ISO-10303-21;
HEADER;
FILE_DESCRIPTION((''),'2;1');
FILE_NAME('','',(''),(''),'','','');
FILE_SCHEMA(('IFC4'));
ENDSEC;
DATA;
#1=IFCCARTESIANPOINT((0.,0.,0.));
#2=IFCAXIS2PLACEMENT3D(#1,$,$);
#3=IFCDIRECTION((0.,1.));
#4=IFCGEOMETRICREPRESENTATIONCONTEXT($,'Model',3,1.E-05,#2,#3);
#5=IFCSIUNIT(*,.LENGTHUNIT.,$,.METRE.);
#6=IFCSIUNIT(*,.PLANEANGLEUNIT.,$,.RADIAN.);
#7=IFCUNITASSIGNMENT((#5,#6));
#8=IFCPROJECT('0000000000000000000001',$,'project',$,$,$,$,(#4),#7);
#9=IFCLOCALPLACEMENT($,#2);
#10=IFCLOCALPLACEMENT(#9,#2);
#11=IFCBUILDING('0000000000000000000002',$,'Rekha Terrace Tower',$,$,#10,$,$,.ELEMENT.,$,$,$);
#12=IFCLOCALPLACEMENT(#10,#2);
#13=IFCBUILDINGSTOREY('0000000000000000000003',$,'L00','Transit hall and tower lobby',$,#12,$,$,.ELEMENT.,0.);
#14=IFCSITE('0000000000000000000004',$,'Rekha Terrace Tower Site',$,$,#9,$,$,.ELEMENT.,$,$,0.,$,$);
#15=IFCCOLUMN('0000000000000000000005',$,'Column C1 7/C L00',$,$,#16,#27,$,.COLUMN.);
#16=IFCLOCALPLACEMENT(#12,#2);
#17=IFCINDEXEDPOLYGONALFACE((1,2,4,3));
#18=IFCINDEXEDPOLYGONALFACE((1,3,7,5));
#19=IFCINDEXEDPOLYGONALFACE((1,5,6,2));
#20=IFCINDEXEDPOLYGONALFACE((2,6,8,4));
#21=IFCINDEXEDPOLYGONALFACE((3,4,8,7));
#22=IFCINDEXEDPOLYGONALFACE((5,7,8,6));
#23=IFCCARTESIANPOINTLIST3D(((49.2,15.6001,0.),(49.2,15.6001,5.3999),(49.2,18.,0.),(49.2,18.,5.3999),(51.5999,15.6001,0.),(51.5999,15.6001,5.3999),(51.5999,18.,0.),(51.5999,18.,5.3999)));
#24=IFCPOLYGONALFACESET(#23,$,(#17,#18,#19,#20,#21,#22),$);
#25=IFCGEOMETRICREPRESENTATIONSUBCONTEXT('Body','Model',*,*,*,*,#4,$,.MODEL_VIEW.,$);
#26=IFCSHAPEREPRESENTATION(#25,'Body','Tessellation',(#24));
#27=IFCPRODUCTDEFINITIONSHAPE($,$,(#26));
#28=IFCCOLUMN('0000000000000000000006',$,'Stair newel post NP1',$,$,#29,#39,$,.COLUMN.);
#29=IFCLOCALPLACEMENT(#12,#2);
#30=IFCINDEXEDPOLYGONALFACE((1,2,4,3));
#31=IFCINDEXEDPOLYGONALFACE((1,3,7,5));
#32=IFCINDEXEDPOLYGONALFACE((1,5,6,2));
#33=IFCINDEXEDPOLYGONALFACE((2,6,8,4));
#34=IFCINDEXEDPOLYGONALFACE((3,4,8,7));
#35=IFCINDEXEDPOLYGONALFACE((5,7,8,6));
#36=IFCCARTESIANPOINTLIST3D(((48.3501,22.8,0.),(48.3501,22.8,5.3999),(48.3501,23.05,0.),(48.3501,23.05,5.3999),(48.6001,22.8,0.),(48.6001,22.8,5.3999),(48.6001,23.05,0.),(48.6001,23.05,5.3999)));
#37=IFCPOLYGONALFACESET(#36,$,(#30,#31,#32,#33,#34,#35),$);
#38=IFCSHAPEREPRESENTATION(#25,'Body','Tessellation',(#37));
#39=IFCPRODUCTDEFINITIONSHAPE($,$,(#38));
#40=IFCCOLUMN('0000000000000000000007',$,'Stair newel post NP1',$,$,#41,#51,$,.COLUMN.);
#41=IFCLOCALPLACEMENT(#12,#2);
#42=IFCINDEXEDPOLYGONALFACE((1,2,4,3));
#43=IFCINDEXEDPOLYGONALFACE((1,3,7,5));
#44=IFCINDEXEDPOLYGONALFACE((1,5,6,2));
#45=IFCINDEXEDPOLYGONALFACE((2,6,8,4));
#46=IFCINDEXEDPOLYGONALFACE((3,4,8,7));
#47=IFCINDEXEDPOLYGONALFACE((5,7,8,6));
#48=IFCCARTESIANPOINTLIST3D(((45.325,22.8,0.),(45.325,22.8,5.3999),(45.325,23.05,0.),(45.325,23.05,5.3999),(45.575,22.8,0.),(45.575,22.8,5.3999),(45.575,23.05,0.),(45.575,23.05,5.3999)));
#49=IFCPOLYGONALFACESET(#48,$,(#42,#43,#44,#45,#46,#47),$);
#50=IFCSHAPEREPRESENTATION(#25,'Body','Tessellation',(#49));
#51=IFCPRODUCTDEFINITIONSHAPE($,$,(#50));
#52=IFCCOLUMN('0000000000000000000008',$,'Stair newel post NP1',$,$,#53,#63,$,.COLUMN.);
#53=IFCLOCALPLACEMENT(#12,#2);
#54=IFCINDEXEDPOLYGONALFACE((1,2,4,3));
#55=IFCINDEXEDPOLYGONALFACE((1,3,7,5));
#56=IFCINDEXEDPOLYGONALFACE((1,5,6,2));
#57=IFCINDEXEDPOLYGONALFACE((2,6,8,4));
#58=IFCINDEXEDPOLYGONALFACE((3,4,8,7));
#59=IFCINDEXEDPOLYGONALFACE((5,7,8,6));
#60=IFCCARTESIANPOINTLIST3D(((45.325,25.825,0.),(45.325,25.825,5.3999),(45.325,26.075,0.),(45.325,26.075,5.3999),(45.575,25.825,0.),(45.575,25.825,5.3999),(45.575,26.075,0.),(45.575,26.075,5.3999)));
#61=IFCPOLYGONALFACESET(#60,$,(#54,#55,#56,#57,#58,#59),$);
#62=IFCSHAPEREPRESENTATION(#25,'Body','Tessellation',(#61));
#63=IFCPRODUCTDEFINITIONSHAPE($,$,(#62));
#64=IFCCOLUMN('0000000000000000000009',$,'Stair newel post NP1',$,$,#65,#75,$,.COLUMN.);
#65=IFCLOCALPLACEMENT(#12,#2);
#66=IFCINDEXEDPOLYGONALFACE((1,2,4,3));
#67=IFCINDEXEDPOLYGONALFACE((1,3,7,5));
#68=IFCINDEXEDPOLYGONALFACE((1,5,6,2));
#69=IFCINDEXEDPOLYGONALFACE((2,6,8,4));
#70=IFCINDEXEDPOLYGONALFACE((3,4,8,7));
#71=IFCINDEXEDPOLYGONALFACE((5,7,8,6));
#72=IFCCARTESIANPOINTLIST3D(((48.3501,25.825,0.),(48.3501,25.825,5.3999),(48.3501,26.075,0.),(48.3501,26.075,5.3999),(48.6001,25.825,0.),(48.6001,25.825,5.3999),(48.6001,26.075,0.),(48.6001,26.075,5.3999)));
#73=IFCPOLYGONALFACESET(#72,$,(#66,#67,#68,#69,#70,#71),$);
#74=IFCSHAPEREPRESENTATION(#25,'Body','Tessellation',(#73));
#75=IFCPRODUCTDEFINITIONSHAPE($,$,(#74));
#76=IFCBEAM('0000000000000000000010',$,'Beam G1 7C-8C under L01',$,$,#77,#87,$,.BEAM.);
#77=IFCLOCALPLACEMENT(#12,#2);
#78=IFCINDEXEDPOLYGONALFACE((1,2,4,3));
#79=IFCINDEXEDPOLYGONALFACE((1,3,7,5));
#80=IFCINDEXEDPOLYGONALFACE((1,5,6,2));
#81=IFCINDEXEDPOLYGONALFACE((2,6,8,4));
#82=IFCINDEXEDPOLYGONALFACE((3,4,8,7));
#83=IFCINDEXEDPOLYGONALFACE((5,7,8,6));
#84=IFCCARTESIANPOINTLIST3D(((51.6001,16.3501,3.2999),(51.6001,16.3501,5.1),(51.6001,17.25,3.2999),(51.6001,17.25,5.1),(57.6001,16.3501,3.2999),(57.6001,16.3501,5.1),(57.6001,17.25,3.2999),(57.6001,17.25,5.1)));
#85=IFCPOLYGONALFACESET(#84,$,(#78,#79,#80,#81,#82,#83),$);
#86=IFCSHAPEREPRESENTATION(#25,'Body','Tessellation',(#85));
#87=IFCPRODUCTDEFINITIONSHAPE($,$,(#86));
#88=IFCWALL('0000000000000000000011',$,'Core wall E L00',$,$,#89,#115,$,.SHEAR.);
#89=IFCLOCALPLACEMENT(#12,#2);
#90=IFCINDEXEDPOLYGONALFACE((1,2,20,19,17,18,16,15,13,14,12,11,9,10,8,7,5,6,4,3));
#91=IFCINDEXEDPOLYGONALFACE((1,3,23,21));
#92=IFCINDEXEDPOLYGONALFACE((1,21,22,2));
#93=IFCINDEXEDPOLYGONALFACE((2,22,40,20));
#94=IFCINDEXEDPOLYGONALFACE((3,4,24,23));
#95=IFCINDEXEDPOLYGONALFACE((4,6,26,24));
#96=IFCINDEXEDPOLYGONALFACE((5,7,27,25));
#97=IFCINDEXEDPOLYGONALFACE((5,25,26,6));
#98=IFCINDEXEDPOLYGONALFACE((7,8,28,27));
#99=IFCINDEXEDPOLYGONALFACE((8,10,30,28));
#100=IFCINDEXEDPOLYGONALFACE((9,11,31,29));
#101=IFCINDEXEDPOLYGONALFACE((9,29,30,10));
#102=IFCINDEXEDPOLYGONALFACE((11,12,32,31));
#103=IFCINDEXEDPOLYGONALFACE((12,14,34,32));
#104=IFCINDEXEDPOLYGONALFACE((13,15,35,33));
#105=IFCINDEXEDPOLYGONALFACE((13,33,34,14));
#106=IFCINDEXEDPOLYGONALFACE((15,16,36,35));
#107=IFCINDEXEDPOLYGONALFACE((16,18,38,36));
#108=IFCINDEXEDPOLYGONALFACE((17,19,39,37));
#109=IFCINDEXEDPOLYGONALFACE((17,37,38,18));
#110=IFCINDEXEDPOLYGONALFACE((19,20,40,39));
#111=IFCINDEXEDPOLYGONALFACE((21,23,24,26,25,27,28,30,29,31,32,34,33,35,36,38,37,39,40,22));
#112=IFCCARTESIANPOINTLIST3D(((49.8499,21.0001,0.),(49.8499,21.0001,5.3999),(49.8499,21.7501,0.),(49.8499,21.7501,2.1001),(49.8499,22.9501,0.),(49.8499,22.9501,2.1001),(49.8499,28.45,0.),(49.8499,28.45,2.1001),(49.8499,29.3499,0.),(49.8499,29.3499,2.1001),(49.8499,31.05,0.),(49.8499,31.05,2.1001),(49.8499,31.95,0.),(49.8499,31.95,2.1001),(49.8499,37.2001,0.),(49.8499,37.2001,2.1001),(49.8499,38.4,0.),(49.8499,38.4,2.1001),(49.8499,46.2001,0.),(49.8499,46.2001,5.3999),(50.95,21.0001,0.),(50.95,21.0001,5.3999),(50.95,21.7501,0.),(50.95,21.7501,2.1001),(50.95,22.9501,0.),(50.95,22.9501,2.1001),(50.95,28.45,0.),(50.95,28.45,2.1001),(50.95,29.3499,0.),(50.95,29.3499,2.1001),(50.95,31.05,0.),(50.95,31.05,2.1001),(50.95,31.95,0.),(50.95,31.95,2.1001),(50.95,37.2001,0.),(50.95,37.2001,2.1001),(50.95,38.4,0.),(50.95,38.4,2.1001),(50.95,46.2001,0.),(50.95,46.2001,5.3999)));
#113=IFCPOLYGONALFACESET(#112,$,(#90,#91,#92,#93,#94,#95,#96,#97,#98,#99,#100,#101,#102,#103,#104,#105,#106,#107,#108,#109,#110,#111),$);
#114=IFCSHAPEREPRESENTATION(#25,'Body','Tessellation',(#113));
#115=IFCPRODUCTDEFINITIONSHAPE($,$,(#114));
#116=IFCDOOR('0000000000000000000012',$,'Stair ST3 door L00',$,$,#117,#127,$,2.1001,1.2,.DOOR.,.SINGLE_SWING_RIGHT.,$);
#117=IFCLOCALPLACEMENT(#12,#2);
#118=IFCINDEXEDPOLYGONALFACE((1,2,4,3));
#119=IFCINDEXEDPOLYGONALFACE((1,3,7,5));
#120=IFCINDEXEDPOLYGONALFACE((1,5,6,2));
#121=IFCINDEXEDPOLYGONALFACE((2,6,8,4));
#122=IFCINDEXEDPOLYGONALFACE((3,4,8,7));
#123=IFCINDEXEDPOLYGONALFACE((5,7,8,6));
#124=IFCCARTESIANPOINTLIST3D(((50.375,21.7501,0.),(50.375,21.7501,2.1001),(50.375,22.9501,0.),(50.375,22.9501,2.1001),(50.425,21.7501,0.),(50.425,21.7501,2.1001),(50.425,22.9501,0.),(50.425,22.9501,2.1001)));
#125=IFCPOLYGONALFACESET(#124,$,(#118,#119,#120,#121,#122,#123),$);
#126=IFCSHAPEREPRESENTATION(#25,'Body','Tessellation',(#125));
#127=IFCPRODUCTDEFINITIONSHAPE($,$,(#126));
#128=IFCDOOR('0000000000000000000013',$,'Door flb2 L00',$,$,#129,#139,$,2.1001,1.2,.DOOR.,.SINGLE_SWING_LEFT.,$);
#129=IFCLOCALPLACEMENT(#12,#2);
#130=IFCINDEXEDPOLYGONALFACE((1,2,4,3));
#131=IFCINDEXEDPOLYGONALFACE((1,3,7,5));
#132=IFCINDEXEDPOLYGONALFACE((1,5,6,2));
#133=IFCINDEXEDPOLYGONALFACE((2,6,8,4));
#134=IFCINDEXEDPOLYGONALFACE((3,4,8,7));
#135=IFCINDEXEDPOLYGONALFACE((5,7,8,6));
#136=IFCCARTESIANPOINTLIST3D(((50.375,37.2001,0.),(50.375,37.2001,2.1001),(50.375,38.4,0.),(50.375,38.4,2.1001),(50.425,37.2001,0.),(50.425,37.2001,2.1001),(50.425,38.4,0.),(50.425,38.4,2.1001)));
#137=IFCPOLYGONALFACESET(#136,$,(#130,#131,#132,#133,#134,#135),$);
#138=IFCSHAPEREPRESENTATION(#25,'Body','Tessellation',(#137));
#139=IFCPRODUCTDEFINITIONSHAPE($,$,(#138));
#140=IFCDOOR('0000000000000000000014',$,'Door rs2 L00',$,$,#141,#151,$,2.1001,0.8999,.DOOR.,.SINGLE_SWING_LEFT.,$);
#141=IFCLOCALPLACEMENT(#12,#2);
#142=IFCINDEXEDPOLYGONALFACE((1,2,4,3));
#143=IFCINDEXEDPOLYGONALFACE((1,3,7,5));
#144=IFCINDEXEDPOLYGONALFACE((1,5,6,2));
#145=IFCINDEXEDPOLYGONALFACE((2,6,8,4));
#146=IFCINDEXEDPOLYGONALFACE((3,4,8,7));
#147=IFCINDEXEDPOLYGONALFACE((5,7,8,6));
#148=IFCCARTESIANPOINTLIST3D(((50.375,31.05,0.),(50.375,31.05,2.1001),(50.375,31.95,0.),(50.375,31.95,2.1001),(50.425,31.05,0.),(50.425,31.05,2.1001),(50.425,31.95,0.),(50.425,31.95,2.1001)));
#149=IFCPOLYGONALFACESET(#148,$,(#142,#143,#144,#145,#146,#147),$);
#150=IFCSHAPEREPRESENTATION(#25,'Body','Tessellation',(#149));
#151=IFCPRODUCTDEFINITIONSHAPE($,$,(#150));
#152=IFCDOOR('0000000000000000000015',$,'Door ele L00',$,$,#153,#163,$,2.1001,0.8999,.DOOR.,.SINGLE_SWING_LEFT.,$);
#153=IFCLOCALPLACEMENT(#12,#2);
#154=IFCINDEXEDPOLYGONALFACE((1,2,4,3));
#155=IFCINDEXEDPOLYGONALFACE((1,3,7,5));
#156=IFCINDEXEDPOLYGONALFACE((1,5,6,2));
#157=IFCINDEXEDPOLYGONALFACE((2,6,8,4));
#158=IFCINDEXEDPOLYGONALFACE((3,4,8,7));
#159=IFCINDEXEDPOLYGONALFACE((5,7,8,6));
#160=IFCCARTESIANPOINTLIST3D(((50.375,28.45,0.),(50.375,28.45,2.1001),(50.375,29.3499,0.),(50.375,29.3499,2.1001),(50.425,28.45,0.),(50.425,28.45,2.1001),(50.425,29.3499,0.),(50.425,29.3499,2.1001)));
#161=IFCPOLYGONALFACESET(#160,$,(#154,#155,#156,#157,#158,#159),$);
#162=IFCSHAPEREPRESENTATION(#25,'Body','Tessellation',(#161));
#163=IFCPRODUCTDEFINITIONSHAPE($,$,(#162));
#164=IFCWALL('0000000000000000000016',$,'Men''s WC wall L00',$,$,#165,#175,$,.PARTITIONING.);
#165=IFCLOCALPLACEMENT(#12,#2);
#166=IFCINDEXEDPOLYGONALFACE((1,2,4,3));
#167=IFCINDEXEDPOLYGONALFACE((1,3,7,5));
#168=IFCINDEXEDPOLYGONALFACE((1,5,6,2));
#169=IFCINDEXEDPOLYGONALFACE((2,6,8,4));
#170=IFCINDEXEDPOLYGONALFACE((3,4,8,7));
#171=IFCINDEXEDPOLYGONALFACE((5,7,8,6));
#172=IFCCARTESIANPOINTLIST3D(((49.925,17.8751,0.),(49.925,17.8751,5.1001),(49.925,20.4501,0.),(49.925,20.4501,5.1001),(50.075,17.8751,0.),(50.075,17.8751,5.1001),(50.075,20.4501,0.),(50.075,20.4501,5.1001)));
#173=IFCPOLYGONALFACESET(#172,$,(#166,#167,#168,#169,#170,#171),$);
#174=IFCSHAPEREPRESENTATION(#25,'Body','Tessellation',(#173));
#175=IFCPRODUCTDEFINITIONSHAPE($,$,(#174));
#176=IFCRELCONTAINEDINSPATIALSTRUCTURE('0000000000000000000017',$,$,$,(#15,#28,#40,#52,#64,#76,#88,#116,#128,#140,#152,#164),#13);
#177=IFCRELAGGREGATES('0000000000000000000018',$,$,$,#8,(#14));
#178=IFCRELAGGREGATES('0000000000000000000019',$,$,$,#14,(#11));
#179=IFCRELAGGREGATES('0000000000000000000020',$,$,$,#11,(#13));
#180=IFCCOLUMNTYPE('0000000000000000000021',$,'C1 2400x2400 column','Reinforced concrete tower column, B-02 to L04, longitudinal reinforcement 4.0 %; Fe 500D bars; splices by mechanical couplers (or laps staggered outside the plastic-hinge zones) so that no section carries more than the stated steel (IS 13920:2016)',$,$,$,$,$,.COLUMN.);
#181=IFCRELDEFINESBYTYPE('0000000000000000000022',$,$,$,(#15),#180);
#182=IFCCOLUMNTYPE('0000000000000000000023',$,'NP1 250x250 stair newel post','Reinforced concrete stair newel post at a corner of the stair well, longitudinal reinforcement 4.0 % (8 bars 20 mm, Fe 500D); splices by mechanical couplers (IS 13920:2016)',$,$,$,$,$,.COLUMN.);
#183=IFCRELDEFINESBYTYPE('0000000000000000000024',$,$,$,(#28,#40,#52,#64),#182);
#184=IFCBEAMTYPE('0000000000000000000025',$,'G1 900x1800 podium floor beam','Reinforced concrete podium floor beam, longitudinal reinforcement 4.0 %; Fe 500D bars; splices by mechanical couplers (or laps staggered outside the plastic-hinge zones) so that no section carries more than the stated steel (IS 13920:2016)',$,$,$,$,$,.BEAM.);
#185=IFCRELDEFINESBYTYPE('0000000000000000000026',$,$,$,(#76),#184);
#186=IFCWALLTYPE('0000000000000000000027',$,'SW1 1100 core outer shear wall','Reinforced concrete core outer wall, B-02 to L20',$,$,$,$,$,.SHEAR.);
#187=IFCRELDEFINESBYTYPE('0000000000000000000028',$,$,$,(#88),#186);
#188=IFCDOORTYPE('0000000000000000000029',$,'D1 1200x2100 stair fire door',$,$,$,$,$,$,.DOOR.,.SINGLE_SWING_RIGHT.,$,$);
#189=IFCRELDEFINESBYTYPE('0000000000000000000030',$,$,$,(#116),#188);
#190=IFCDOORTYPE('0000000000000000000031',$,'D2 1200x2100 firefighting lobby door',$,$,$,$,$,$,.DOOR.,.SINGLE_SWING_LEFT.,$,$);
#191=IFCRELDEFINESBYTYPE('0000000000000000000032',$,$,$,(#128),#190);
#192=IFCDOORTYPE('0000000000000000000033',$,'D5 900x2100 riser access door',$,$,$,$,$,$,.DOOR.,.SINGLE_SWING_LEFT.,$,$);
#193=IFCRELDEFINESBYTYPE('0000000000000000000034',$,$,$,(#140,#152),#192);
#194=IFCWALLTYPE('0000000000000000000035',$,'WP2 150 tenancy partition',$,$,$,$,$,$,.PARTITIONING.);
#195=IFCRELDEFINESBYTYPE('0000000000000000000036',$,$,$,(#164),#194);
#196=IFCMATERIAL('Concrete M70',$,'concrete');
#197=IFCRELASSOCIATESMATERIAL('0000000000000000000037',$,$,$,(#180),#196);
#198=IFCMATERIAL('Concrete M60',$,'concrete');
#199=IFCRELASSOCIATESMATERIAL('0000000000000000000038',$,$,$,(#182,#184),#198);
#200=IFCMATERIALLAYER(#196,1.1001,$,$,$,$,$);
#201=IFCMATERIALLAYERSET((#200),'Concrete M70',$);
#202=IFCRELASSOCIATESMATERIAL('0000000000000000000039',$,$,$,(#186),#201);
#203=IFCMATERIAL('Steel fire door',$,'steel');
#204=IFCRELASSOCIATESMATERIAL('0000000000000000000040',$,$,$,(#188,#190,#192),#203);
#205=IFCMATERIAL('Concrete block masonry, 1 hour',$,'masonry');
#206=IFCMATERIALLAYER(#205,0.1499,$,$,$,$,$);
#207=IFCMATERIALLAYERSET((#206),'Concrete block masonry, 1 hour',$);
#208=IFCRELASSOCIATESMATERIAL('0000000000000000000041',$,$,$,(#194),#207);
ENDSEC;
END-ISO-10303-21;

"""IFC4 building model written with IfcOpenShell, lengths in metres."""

from ifc_helpers import new_model, si_unit, direction, frame, frame_2d, origin, origin_2d, place, context, subcontext, project, spatial, rectangle, extrude, material, layer, layer_set, material_profile, profile_set, type_object, element, fill, save


model = new_model("IFC4")

# Units and contexts
model_context = context("Model", 3, precision=1e-05, world=origin(), true_north=direction((0.0, 1.0)))
body_context = subcontext(model_context, "Body", "Model", "MODEL_VIEW")
ifc_project = project(units=[si_unit("LENGTHUNIT", "METRE"), si_unit("PLANEANGLEUNIT", "RADIAN")], contexts=[model_context])

# Site, building, storey
site_placement = place(None, origin())
site = spatial("IfcSite", under=ifc_project, at=site_placement, Name="Rekha Terrace Tower Site", CompositionType="ELEMENT", RefElevation=0.0)
building_placement = place(site_placement, origin())
building = spatial("IfcBuilding", under=site, at=building_placement, Name="Rekha Terrace Tower", CompositionType="ELEMENT")
storey_placement = place(building_placement, origin())
storey = spatial("IfcBuildingStorey", under=building, at=storey_placement, Name="L00", Description="Transit hall and tower lobby", CompositionType="ELEMENT", Elevation=0.0)

# Columns
ifc_material_1 = material(Name="Concrete M70", Category="concrete")
ifc_material_profile_1 = material_profile(ifc_material_1, rectangle(XDim=2.3999, YDim=2.3999, at=origin_2d()), Name="RC 2400x2400")
ifc_profile_set_1 = profile_set([ifc_material_profile_1], Name="Concrete M70")
column_type_1 = type_object("IfcColumnType", Name="C1 2400x2400 column", Description="Reinforced concrete tower column, B-02 to L04, longitudinal reinforcement 4.0 %; Fe 500D bars; splices by mechanical couplers (or laps staggered outside the plastic-hinge zones) so that no section carries more than the stated steel (IS 13920:2016)", PredefinedType="COLUMN", material=ifc_profile_set_1)
column_placement = place(storey_placement, frame((50.3999, 16.8, 0.0), z_axis=(0.0, 0.0, 1.0), x_axis=(1.0, 0.0, 0.0)))
element("IfcColumn", 1, at=column_placement, inside=storey, type_object=column_type_1, Name="Column C1 7/C L00", PredefinedType="COLUMN", context=body_context, shape_type="SweptSolid", body=[
    extrude(rectangle(XDim=2.3999, YDim=2.3999, at=origin_2d()), origin(), (0.0, 0.0, 1.0), 5.3999),
])
ifc_material_2 = material(Name="Concrete M60", Category="concrete")
ifc_material_profile_2 = material_profile(ifc_material_2, rectangle(XDim=0.25, YDim=0.25, at=origin_2d()), Name="RC 250x250")
ifc_profile_set_2 = profile_set([ifc_material_profile_2], Name="Concrete M60")
column_type_2 = type_object("IfcColumnType", Name="NP1 250x250 stair newel post", Description="Reinforced concrete stair newel post at a corner of the stair well, longitudinal reinforcement 4.0 % (8 bars 20 mm, Fe 500D); splices by mechanical couplers (IS 13920:2016)", PredefinedType="COLUMN", material=ifc_profile_set_2)
for number, where, z_axis, x_axis, name in (
    (2, (48.4751, 22.925, 0.0), (0.0, 0.0, 1.0), (1.0, 0.0, 0.0), "Stair newel post NP1"),
    (3, (45.45, 22.925, 0.0), (0.0, 0.0, 1.0), (1.0, 0.0, 0.0), "Stair newel post NP1"),
    (4, (45.45, 25.95, 0.0), (0.0, 0.0, 1.0), (1.0, 0.0, 0.0), "Stair newel post NP1"),
    (5, (48.4751, 25.95, 0.0), (0.0, 0.0, 1.0), (1.0, 0.0, 0.0), "Stair newel post NP1"),
):
    element("IfcColumn", number, at=place(storey_placement, frame(where, z_axis=z_axis, x_axis=x_axis)), inside=storey, type_object=column_type_2, Name=name, PredefinedType="COLUMN", context=body_context, shape_type="SweptSolid", body=[
        extrude(rectangle(XDim=0.25, YDim=0.25, at=origin_2d()), origin(), (0.0, 0.0, 1.0), 5.3999),
    ])

# Beam
ifc_material_profile_3 = material_profile(ifc_material_2, rectangle(XDim=0.8999, YDim=1.8, at=origin_2d()), Name="RC 900x1800")
ifc_profile_set_3 = profile_set([ifc_material_profile_3], Name="Concrete M60")
beam_type = type_object("IfcBeamType", Name="G1 900x1800 podium floor beam", Description="Reinforced concrete podium floor beam, longitudinal reinforcement 4.0 %; Fe 500D bars; splices by mechanical couplers (or laps staggered outside the plastic-hinge zones) so that no section carries more than the stated steel (IS 13920:2016)", PredefinedType="BEAM", material=ifc_profile_set_3)
beam_placement = place(storey_placement, frame((51.6001, 16.8, 4.2), z_axis=(1.0, 0.0, 0.0), x_axis=(0.0, 1.0, 0.0)))
element("IfcBeam", 6, at=beam_placement, inside=storey, type_object=beam_type, Name="Beam G1 7C-8C under L01", PredefinedType="BEAM", context=body_context, shape_type="SweptSolid", body=[
    extrude(rectangle(XDim=0.8999, YDim=1.8, at=origin_2d()), origin(), (0.0, 0.0, 1.0), 6.0),
])

# Wall, openings, doors
ifc_layer_1 = layer(ifc_material_1, 1.1001)
ifc_layer_set_1 = layer_set([ifc_layer_1], Name="Concrete M70")
wall_type_1 = type_object("IfcWallType", Name="SW1 1100 core outer shear wall", Description="Reinforced concrete core outer wall, B-02 to L20", PredefinedType="SHEAR", material=ifc_layer_set_1)
wall_1_placement = place(storey_placement, frame((50.3999, 21.0, 0.0), z_axis=(0.0, 0.0, 1.0), x_axis=(0.0, 1.0, 0.0)))
wall_1 = element("IfcWall", 7, at=wall_1_placement, inside=storey, type_object=wall_type_1, Name="Core wall E L00", PredefinedType="SHEAR", context=body_context, shape_type="SweptSolid", body=[
    extrude(rectangle(XDim=25.2, YDim=1.1001, at=frame_2d((12.6001, 0.0))), origin(), (0.0, 0.0, 1.0), 5.3999),
])
opening_1_placement = place(wall_1_placement, frame((16.2, 0.0, 0.0)))
opening_1 = element("IfcOpeningElement", 8, at=opening_1_placement, cuts=wall_1, PredefinedType="OPENING", context=body_context, shape_type="SweptSolid", body=[
    extrude(rectangle(XDim=1.2, YDim=2.1001, at=frame_2d((0.6001, 1.05))), frame((0.0, 0.5601, 0.0), z_axis=(0.0, -1.0, 0.0), x_axis=(1.0, 0.0, 0.0)), (0.0, 0.0, 1.0), 1.1201),
])
opening_2_placement = place(wall_1_placement, frame((10.05, 0.0, 0.0)))
opening_2 = element("IfcOpeningElement", 9, at=opening_2_placement, cuts=wall_1, PredefinedType="OPENING", context=body_context, shape_type="SweptSolid", body=[
    extrude(rectangle(XDim=0.8999, YDim=2.1001, at=frame_2d((0.45, 1.05))), frame((0.0, 0.5601, 0.0), z_axis=(0.0, -1.0, 0.0), x_axis=(1.0, 0.0, 0.0)), (0.0, 0.0, 1.0), 1.1201),
])
opening_3_placement = place(wall_1_placement, frame((7.45, 0.0, 0.0)))
opening_3 = element("IfcOpeningElement", 10, at=opening_3_placement, cuts=wall_1, PredefinedType="OPENING", context=body_context, shape_type="SweptSolid", body=[
    extrude(rectangle(XDim=0.8999, YDim=2.1001, at=frame_2d((0.45, 1.05))), frame((0.0, 0.5601, 0.0), z_axis=(0.0, -1.0, 0.0), x_axis=(1.0, 0.0, 0.0)), (0.0, 0.0, 1.0), 1.1201),
])
opening_4_placement = place(wall_1_placement, frame((0.75, 0.0, 0.0)))
opening_4 = element("IfcOpeningElement", 11, at=opening_4_placement, cuts=wall_1, PredefinedType="OPENING", context=body_context, shape_type="SweptSolid", body=[
    extrude(rectangle(XDim=1.2, YDim=2.1001, at=frame_2d((0.6001, 1.05))), frame((0.0, 0.5601, 0.0), z_axis=(0.0, -1.0, 0.0), x_axis=(1.0, 0.0, 0.0)), (0.0, 0.0, 1.0), 1.1201),
])
ifc_material_3 = material(Name="Steel fire door", Category="steel")
door_type_1 = type_object("IfcDoorType", Name="D1 1200x2100 stair fire door", OperationType="SINGLE_SWING_RIGHT", PredefinedType="DOOR", material=ifc_material_3)
door_1_placement = place(opening_4_placement, origin())
door_1 = element("IfcDoor", 12, at=door_1_placement, inside=storey, type_object=door_type_1, Name="Stair ST3 door L00", OperationType="SINGLE_SWING_RIGHT", OverallHeight=2.1001, OverallWidth=1.2, PredefinedType="DOOR", context=body_context, shape_type="SweptSolid", body=[
    extrude(rectangle(XDim=1.2, YDim=2.1001, at=frame_2d((0.6001, 1.05))), frame((0.0, 0.0249, 0.0), z_axis=(0.0, -1.0, 0.0), x_axis=(1.0, 0.0, 0.0)), (0.0, 0.0, 1.0), 0.05),
])
fill(opening_4, door_1)
door_type_2 = type_object("IfcDoorType", Name="D2 1200x2100 firefighting lobby door", OperationType="SINGLE_SWING_LEFT", PredefinedType="DOOR", material=ifc_material_3)
door_2_placement = place(opening_1_placement, origin())
door_2 = element("IfcDoor", 13, at=door_2_placement, inside=storey, type_object=door_type_2, Name="Door flb2 L00", OperationType="SINGLE_SWING_LEFT", OverallHeight=2.1001, OverallWidth=1.2, PredefinedType="DOOR", context=body_context, shape_type="SweptSolid", body=[
    extrude(rectangle(XDim=1.2, YDim=2.1001, at=frame_2d((0.6001, 1.05))), frame((0.0, 0.0249, 0.0), z_axis=(0.0, -1.0, 0.0), x_axis=(1.0, 0.0, 0.0)), (0.0, 0.0, 1.0), 0.05),
])
fill(opening_1, door_2)
door_type_3 = type_object("IfcDoorType", Name="D5 900x2100 riser access door", OperationType="SINGLE_SWING_LEFT", PredefinedType="DOOR", material=ifc_material_3)
door_3_placement = place(opening_2_placement, origin())
door_3 = element("IfcDoor", 14, at=door_3_placement, inside=storey, type_object=door_type_3, Name="Door rs2 L00", OperationType="SINGLE_SWING_LEFT", OverallHeight=2.1001, OverallWidth=0.8999, PredefinedType="DOOR", context=body_context, shape_type="SweptSolid", body=[
    extrude(rectangle(XDim=0.8999, YDim=2.1001, at=frame_2d((0.45, 1.05))), frame((0.0, 0.0249, 0.0), z_axis=(0.0, -1.0, 0.0), x_axis=(1.0, 0.0, 0.0)), (0.0, 0.0, 1.0), 0.05),
])
fill(opening_2, door_3)
door_4_placement = place(opening_3_placement, origin())
door_4 = element("IfcDoor", 15, at=door_4_placement, inside=storey, type_object=door_type_3, Name="Door ele L00", OperationType="SINGLE_SWING_LEFT", OverallHeight=2.1001, OverallWidth=0.8999, PredefinedType="DOOR", context=body_context, shape_type="SweptSolid", body=[
    extrude(rectangle(XDim=0.8999, YDim=2.1001, at=frame_2d((0.45, 1.05))), frame((0.0, 0.0249, 0.0), z_axis=(0.0, -1.0, 0.0), x_axis=(1.0, 0.0, 0.0)), (0.0, 0.0, 1.0), 0.05),
])
fill(opening_3, door_4)

# Wall
ifc_material_4 = material(Name="Concrete block masonry, 1 hour", Category="masonry")
ifc_layer_2 = layer(ifc_material_4, 0.1499)
ifc_layer_set_2 = layer_set([ifc_layer_2], Name="Concrete block masonry, 1 hour")
wall_type_2 = type_object("IfcWallType", Name="WP2 150 tenancy partition", PredefinedType="PARTITIONING", material=ifc_layer_set_2)
wall_2_placement = place(storey_placement, frame((50.0, 17.875, 0.0), z_axis=(0.0, 0.0, 1.0), x_axis=(0.0, 1.0, 0.0)))
element("IfcWall", 16, at=wall_2_placement, inside=storey, type_object=wall_type_2, Name="Men's WC wall L00", PredefinedType="PARTITIONING", context=body_context, shape_type="SweptSolid", body=[
    extrude(rectangle(XDim=2.575, YDim=0.1499, at=frame_2d((1.2876, 0.0))), origin(), (0.0, 0.0, 1.0), 5.1001),
])

save(model, "model.ifc")
